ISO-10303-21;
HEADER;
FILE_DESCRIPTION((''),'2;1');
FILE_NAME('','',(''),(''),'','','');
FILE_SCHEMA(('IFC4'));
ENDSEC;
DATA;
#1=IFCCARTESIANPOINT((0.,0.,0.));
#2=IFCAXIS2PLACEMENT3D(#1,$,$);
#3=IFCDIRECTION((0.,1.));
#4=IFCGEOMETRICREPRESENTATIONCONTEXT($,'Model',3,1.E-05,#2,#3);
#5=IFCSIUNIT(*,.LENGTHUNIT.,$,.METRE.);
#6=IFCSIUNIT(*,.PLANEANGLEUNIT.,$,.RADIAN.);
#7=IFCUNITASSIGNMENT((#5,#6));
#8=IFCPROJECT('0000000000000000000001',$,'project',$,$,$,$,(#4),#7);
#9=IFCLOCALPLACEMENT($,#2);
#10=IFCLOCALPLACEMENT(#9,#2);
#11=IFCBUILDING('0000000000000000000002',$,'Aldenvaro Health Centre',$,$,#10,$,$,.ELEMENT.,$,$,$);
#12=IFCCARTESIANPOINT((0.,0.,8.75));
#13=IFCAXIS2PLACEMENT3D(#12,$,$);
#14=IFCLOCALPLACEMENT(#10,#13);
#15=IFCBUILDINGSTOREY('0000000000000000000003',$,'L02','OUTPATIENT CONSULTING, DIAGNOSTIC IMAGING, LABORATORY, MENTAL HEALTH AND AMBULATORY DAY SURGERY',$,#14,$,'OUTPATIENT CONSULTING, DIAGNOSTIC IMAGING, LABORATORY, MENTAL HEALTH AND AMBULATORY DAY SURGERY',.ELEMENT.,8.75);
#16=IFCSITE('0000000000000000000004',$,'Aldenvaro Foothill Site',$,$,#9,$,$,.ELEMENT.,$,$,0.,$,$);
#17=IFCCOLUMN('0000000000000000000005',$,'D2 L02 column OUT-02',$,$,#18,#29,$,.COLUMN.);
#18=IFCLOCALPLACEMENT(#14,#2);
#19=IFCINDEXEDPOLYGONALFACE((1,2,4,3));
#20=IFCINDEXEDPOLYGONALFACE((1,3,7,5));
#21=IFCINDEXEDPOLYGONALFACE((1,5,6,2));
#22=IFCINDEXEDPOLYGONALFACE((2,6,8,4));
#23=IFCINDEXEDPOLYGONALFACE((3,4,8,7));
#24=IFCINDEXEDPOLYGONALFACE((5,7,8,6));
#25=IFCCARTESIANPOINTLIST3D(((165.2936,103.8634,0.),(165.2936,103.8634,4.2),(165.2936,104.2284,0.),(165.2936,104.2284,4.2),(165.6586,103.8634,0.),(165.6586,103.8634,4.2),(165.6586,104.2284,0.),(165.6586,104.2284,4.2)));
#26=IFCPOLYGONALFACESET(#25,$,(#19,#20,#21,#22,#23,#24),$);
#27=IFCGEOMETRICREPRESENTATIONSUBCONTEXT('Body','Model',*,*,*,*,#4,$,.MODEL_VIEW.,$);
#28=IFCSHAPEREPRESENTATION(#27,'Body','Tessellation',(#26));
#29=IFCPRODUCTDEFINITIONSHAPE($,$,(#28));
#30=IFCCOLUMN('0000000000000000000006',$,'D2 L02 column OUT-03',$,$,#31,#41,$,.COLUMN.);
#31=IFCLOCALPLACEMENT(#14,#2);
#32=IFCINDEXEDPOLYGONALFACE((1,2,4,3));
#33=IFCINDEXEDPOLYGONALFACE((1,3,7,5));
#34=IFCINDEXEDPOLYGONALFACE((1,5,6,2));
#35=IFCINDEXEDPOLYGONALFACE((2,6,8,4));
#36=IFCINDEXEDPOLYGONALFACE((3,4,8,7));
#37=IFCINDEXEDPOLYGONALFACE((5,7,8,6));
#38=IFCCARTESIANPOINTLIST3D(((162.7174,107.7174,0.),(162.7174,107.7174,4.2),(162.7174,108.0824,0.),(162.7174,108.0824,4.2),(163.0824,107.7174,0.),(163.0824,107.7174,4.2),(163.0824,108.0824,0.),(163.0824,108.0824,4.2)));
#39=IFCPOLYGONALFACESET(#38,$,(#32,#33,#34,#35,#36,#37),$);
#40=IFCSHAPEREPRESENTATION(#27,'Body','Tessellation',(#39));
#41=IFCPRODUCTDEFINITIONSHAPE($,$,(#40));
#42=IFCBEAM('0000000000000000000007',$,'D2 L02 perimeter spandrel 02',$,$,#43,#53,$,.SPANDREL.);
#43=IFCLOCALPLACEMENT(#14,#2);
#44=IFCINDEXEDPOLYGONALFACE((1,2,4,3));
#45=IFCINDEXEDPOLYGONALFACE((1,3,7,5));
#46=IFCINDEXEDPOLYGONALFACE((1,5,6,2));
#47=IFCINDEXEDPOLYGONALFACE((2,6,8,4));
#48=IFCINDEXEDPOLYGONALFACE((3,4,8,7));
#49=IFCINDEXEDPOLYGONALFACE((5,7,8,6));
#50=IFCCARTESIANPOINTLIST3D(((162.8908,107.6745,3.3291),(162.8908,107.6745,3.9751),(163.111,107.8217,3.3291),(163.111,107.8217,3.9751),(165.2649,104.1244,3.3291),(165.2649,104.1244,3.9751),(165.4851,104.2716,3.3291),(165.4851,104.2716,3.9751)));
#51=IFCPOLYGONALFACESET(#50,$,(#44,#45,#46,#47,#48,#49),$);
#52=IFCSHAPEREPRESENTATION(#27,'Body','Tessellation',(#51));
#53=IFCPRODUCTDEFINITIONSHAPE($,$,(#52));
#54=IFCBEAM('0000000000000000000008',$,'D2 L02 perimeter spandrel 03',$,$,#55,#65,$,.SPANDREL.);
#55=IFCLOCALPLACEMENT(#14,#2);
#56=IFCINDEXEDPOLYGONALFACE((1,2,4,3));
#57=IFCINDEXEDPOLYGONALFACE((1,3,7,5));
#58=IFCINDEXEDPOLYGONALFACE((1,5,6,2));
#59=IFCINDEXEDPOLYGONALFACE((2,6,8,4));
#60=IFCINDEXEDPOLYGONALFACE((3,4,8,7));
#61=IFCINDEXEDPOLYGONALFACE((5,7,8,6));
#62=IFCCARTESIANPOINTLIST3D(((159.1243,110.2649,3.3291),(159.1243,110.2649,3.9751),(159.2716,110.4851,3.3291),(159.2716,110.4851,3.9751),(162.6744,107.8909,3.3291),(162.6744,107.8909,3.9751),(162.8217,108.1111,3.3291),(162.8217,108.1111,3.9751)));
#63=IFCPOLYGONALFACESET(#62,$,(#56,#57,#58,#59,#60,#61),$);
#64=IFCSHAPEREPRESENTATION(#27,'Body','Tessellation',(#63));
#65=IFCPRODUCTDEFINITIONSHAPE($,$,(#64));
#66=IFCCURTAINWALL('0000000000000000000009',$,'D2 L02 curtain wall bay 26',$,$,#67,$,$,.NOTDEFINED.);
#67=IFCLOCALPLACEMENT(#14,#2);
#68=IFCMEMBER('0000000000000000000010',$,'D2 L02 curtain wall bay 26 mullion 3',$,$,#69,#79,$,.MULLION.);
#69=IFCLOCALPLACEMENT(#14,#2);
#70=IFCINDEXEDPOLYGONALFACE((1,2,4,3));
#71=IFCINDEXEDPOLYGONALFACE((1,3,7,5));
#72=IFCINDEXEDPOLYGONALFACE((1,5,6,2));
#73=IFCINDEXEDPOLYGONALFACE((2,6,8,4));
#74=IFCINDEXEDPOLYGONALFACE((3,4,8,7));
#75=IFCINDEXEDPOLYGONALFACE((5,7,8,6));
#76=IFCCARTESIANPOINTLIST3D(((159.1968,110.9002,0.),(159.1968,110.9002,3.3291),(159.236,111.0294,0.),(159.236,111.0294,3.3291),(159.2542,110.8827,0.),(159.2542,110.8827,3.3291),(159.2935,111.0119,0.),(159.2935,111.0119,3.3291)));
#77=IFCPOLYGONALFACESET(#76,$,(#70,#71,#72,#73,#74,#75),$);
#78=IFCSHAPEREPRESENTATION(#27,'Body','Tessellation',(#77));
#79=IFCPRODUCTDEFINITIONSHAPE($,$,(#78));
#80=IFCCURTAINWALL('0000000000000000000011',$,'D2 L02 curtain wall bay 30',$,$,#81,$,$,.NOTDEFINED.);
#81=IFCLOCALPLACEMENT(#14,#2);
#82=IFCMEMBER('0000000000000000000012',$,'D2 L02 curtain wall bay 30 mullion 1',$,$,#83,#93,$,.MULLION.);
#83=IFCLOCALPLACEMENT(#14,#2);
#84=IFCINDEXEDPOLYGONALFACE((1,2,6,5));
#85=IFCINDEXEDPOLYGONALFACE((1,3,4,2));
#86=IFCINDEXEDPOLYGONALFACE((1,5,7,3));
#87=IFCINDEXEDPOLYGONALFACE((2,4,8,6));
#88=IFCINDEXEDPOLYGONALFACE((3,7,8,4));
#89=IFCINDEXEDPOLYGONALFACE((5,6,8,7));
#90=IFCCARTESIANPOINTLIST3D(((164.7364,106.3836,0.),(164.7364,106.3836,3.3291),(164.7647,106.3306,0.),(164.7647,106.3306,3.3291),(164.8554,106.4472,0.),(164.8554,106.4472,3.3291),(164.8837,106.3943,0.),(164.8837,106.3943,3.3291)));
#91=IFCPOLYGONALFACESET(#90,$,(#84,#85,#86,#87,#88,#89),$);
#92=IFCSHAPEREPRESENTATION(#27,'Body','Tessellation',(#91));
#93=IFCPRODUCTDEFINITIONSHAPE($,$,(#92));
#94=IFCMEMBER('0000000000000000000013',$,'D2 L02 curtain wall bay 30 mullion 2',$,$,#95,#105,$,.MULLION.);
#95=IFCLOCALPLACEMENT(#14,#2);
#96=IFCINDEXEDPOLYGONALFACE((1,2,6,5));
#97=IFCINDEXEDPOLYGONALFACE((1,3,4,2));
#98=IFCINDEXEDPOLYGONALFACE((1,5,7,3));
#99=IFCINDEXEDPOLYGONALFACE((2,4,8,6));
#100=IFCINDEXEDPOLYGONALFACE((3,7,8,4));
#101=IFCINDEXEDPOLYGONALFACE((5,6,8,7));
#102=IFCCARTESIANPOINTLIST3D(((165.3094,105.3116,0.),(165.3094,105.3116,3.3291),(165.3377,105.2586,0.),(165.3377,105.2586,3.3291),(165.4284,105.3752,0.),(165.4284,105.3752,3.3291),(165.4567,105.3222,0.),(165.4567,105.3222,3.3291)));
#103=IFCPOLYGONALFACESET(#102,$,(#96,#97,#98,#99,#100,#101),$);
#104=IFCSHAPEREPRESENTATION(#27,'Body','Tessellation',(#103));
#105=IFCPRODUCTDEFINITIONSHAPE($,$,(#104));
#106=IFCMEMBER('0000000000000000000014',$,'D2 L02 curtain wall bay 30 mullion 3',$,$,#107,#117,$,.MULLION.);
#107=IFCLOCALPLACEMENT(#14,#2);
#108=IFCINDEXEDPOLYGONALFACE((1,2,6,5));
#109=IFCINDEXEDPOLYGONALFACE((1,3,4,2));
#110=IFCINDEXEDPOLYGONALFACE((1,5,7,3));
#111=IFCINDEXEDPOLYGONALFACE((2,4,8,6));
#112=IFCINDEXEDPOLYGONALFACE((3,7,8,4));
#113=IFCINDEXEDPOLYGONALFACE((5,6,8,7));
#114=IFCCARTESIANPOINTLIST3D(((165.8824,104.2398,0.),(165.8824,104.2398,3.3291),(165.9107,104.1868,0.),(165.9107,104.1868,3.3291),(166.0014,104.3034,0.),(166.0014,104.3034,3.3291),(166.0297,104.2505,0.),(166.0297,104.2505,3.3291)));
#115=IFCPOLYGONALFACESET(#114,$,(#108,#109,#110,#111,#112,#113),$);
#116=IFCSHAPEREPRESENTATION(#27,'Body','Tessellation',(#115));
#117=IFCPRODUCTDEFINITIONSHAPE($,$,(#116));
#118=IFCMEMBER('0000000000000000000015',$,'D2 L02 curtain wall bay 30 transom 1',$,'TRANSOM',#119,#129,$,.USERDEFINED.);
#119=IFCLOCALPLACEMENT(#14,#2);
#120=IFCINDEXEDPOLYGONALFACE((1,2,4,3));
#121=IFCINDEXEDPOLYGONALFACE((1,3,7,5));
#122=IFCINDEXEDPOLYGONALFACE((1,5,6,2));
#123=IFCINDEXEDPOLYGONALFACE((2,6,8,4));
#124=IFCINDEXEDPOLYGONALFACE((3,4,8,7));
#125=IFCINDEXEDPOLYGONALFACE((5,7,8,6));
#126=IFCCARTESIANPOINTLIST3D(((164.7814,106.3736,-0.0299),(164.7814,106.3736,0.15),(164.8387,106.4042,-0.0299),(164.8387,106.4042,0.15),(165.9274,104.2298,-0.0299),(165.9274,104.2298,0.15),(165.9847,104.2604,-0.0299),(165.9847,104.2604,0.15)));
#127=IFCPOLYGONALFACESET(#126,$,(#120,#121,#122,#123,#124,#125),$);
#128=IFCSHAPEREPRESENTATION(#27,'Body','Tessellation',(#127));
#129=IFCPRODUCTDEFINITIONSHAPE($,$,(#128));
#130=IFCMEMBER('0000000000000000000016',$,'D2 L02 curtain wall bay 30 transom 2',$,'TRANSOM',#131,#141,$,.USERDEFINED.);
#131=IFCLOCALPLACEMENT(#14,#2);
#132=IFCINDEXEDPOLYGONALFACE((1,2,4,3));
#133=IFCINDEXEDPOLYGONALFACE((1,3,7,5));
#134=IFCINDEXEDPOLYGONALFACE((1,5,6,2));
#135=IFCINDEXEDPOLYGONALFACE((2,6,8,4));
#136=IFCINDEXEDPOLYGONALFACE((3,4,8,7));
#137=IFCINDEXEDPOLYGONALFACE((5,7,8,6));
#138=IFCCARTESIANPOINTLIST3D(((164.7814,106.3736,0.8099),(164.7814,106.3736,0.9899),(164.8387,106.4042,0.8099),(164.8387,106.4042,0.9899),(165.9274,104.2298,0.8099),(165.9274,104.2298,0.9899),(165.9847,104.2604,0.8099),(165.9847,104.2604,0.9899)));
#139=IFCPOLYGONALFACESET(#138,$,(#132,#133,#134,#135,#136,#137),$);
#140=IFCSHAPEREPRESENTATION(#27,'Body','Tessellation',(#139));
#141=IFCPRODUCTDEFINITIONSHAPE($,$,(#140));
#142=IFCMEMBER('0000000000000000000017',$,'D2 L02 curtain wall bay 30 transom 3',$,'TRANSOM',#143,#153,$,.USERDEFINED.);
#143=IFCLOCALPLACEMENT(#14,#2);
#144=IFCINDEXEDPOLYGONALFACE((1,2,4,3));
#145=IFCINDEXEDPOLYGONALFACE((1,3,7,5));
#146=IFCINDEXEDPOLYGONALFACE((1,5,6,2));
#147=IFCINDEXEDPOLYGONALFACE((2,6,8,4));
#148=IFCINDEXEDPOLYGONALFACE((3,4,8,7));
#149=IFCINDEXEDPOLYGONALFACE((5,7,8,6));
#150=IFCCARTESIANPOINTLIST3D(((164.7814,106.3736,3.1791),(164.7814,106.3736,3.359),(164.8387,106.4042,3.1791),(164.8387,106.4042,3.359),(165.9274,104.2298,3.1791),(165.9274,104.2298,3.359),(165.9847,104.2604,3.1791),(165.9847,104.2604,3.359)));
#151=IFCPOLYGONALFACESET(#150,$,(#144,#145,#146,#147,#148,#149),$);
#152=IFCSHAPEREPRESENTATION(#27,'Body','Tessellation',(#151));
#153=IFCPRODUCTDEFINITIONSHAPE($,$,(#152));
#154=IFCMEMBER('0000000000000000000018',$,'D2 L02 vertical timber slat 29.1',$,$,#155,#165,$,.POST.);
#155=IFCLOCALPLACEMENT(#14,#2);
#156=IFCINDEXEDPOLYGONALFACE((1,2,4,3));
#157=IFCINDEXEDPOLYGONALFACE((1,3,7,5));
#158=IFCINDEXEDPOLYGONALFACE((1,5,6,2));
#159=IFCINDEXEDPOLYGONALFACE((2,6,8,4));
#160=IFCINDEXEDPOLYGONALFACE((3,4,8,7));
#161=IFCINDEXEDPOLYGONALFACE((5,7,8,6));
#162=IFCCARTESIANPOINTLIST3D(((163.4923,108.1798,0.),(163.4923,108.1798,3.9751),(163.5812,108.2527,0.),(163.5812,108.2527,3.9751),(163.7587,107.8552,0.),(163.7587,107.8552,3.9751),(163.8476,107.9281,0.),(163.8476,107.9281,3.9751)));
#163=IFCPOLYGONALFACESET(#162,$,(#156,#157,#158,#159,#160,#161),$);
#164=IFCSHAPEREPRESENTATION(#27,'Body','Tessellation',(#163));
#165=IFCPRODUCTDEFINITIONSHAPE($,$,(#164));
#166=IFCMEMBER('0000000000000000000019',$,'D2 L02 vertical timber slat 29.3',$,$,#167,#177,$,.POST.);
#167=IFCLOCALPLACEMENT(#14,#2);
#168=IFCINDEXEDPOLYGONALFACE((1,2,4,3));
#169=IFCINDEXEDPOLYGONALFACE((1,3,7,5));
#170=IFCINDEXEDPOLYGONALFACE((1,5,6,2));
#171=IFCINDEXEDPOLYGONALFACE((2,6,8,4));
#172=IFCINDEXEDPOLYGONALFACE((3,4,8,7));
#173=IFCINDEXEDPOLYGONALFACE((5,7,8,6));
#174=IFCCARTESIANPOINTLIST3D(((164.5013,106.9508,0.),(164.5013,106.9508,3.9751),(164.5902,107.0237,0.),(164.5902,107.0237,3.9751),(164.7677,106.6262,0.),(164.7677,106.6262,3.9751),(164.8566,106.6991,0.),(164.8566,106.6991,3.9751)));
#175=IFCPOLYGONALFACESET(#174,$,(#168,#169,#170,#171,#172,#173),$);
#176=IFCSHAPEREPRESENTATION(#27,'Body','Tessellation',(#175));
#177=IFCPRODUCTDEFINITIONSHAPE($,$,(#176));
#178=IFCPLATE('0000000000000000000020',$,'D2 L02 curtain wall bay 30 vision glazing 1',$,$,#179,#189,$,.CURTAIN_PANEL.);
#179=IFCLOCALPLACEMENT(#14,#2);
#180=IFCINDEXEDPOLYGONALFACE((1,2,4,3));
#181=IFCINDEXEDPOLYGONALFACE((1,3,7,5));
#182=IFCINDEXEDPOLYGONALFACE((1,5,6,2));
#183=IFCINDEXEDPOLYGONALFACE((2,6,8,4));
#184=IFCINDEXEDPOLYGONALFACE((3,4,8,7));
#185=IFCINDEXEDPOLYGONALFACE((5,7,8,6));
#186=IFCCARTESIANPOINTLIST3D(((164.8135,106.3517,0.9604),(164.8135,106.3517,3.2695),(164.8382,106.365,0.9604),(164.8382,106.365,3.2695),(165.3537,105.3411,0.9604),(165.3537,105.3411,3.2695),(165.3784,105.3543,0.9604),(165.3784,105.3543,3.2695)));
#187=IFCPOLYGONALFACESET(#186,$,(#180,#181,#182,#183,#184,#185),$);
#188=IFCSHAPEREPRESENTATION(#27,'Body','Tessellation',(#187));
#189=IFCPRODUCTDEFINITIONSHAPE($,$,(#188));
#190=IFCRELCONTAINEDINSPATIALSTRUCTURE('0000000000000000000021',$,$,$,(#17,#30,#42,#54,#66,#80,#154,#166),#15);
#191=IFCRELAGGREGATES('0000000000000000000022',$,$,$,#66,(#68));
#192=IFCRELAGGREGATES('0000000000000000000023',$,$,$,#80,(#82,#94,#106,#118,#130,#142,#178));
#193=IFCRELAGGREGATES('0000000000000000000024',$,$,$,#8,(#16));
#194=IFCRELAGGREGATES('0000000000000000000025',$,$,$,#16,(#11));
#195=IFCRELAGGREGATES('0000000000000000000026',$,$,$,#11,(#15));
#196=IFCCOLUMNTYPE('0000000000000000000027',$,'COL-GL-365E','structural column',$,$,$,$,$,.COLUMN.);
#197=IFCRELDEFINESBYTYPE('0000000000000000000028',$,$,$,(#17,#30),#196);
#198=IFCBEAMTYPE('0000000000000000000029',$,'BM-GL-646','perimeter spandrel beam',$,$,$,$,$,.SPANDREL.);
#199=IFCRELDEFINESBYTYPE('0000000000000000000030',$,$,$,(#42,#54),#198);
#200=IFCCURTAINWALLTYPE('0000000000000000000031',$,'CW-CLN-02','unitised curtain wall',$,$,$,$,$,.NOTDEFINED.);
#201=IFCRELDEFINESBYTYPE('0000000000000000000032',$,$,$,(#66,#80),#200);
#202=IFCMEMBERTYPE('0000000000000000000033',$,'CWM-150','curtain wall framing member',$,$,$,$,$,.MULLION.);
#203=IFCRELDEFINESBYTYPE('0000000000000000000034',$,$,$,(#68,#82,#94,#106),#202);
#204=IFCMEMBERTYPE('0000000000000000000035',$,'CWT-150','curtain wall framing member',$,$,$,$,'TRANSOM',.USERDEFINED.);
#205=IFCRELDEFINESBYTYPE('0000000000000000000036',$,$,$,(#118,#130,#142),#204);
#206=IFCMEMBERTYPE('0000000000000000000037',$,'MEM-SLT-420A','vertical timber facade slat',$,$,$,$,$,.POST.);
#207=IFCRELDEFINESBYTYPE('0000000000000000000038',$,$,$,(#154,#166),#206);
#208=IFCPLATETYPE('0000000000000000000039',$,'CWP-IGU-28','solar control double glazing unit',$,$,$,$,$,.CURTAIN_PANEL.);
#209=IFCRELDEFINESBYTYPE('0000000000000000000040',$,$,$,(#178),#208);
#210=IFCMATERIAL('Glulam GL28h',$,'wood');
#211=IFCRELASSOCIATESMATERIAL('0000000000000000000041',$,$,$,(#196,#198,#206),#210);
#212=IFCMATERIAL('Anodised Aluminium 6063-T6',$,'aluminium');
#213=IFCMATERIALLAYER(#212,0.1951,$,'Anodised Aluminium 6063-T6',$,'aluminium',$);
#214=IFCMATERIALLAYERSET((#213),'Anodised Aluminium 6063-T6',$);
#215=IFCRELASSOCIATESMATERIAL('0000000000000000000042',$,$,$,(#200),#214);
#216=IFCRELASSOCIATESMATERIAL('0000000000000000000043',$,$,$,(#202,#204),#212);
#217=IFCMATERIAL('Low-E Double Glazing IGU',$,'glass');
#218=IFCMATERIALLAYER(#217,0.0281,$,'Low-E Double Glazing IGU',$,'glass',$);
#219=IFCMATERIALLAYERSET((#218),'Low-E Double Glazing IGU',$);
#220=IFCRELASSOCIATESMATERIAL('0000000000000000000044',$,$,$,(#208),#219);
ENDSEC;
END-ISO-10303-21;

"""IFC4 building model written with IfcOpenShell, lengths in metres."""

from ifc_helpers import new_model, si_unit, direction, frame, origin, origin_2d, place, context, subcontext, project, spatial, rectangle, extrude, material, layer, layer_set, material_profile, profile_set, type_object, element, aggregate, save


model = new_model("IFC4")

# Units and contexts
model_context = context("Model", 3, precision=1e-05, world=origin(), true_north=direction((0.0, 1.0)))
body_context = subcontext(model_context, "Body", "Model", "MODEL_VIEW")
ifc_project = project(units=[si_unit("LENGTHUNIT", "METRE"), si_unit("PLANEANGLEUNIT", "RADIAN")], contexts=[model_context])

# Site, building, storey
site_placement = place(None, origin())
site = spatial("IfcSite", under=ifc_project, at=site_placement, Name="Aldenvaro Foothill Site", CompositionType="ELEMENT", RefElevation=0.0)
building_placement = place(site_placement, origin())
building = spatial("IfcBuilding", under=site, at=building_placement, Name="Aldenvaro Health Centre", CompositionType="ELEMENT")
storey_placement = place(building_placement, frame((0.0, 0.0, 8.75)))
storey = spatial("IfcBuildingStorey", under=building, at=storey_placement, Name="L02", Description="OUTPATIENT CONSULTING, DIAGNOSTIC IMAGING, LABORATORY, MENTAL HEALTH AND AMBULATORY DAY SURGERY", LongName="OUTPATIENT CONSULTING, DIAGNOSTIC IMAGING, LABORATORY, MENTAL HEALTH AND AMBULATORY DAY SURGERY", CompositionType="ELEMENT", Elevation=8.75)

# Columns
ifc_material_1 = material(Name="Glulam GL28h", Category="wood")
ifc_material_profile_1 = material_profile(ifc_material_1, rectangle(XDim=0.365, YDim=0.365, at=origin_2d()), Name="GL 365x365", Category="wood")
ifc_profile_set_1 = profile_set([ifc_material_profile_1], Name="Glulam GL28h")
column_type = type_object("IfcColumnType", Name="COL-GL-365E", Description="structural column", PredefinedType="COLUMN", material=ifc_profile_set_1)
for number, where, z_axis, x_axis, name in (
    (1, (165.4761, 104.0459, 0.0), (0.0, 0.0, 1.0), (1.0, 0.0, 0.0), "D2 L02 column OUT-02"),
    (2, (162.8999, 107.8999, 0.0), (0.0, 0.0, 1.0), (1.0, 0.0, 0.0), "D2 L02 column OUT-03"),
):
    element("IfcColumn", number, at=place(storey_placement, frame(where, z_axis=z_axis, x_axis=x_axis)), inside=storey, type_object=column_type, Name=name, PredefinedType="COLUMN", context=body_context, shape_type="SweptSolid", body=[
        extrude(rectangle(XDim=0.365, YDim=0.365, at=origin_2d()), origin(), (0.0, 0.0, 1.0), 4.2),
    ])

# Beams
ifc_material_profile_2 = material_profile(ifc_material_1, rectangle(XDim=0.2649, YDim=0.646, at=origin_2d()), Name="GL 265x646", Category="wood")
ifc_profile_set_2 = profile_set([ifc_material_profile_2], Name="Glulam GL28h")
beam_type = type_object("IfcBeamType", Name="BM-GL-646", Description="perimeter spandrel beam", PredefinedType="SPANDREL", material=ifc_profile_set_2)
for number, where, z_axis, x_axis, name in (
    (3, (165.375, 104.198, 3.6521), (-0.555887, 0.831258, 0.0), (-0.831258, -0.555887, 0.0), "D2 L02 perimeter spandrel 02"),
    (4, (162.748, 108.001, 3.6521), (-0.831258, 0.555887, 0.0), (-0.555887, -0.831258, 0.0), "D2 L02 perimeter spandrel 03"),
):
    element("IfcBeam", number, at=place(storey_placement, frame(where, z_axis=z_axis, x_axis=x_axis)), inside=storey, type_object=beam_type, Name=name, PredefinedType="SPANDREL", context=body_context, shape_type="SweptSolid", body=[
        extrude(rectangle(XDim=0.2649, YDim=0.646, at=origin_2d()), origin(), (0.0, 0.0, 1.0), 4.2708),
    ])

# Curtain wall, member
ifc_material_2 = material(Name="Anodised Aluminium 6063-T6", Category="aluminium")
ifc_layer_1 = layer(ifc_material_2, 0.1951, Name="Anodised Aluminium 6063-T6", Category="aluminium")
ifc_layer_set_1 = layer_set([ifc_layer_1], Name="Anodised Aluminium 6063-T6")
curtain_wall_type = type_object("IfcCurtainWallType", Name="CW-CLN-02", Description="unitised curtain wall", PredefinedType="NOTDEFINED", material=ifc_layer_set_1)
curtain_wall_1_placement = place(storey_placement, origin())
curtain_wall_1 = element("IfcCurtainWall", 5, at=curtain_wall_1_placement, inside=storey, type_object=curtain_wall_type, Name="D2 L02 curtain wall bay 26", PredefinedType="NOTDEFINED")
ifc_material_profile_3 = material_profile(ifc_material_2, rectangle(XDim=0.0601, YDim=0.135, at=origin_2d()), Name="ALU 60x135", Category="aluminium")
ifc_profile_set_3 = profile_set([ifc_material_profile_3], Name="Anodised Aluminium 6063-T6")
member_type_1 = type_object("IfcMemberType", Name="CWM-150", Description="curtain wall framing member", PredefinedType="MULLION", material=ifc_profile_set_3)
member_1_placement = place(storey_placement, frame((159.2451, 110.9561, 0.0), z_axis=(0.0, 0.0, 1.0), x_axis=(0.956893, -0.290441, 0.0)))
member_1 = element("IfcMember", 6, at=member_1_placement, type_object=member_type_1, Name="D2 L02 curtain wall bay 26 mullion 3", PredefinedType="MULLION", context=body_context, shape_type="SweptSolid", body=[
    extrude(rectangle(XDim=0.0601, YDim=0.135, at=origin_2d()), origin(), (0.0, 0.0, 1.0), 3.3291),
])
aggregate(curtain_wall_1, [member_1])

# Curtain wall, members
curtain_wall_2_placement = place(storey_placement, origin())
curtain_wall_2 = element("IfcCurtainWall", 7, at=curtain_wall_2_placement, inside=storey, type_object=curtain_wall_type, Name="D2 L02 curtain wall bay 30", PredefinedType="NOTDEFINED")
member_2_placement = place(storey_placement, frame((164.8101, 106.3889, 0.0), z_axis=(0.0, 0.0, 1.0), x_axis=(0.471399, -0.88192, 0.0)))
member_2 = element("IfcMember", 8, at=member_2_placement, type_object=member_type_1, Name="D2 L02 curtain wall bay 30 mullion 1", PredefinedType="MULLION", context=body_context, shape_type="SweptSolid", body=[
    extrude(rectangle(XDim=0.0601, YDim=0.135, at=origin_2d()), origin(), (0.0, 0.0, 1.0), 3.3291),
])
member_3_placement = place(storey_placement, frame((165.3831, 105.3169, 0.0), z_axis=(0.0, 0.0, 1.0), x_axis=(0.471399, -0.88192, 0.0)))
member_3 = element("IfcMember", 9, at=member_3_placement, type_object=member_type_1, Name="D2 L02 curtain wall bay 30 mullion 2", PredefinedType="MULLION", context=body_context, shape_type="SweptSolid", body=[
    extrude(rectangle(XDim=0.0601, YDim=0.135, at=origin_2d()), origin(), (0.0, 0.0, 1.0), 3.3291),
])
member_4_placement = place(storey_placement, frame((165.9561, 104.2451, 0.0), z_axis=(0.0, 0.0, 1.0), x_axis=(0.471399, -0.88192, 0.0)))
member_4 = element("IfcMember", 10, at=member_4_placement, type_object=member_type_1, Name="D2 L02 curtain wall bay 30 mullion 3", PredefinedType="MULLION", context=body_context, shape_type="SweptSolid", body=[
    extrude(rectangle(XDim=0.0601, YDim=0.135, at=origin_2d()), origin(), (0.0, 0.0, 1.0), 3.3291),
])
ifc_material_profile_4 = material_profile(ifc_material_2, rectangle(XDim=0.0649, YDim=0.1799, at=origin_2d()), Name="ALU 65x180", Category="aluminium")
ifc_profile_set_4 = profile_set([ifc_material_profile_4], Name="Anodised Aluminium 6063-T6")
member_type_2 = type_object("IfcMemberType", Name="CWT-150", Description="curtain wall framing member", ElementType="TRANSOM", PredefinedType="USERDEFINED", material=ifc_profile_set_4)
member_5_placement = place(storey_placement, frame((164.8101, 106.3889, 0.0601), z_axis=(0.471432, -0.881902, 0.0), x_axis=(0.881902, 0.471432, 0.0)))
member_5 = element("IfcMember", 11, at=member_5_placement, type_object=member_type_2, Name="D2 L02 curtain wall bay 30 transom 1", ObjectType="TRANSOM", PredefinedType="USERDEFINED", context=body_context, shape_type="SweptSolid", body=[
    extrude(rectangle(XDim=0.0649, YDim=0.1799, at=origin_2d()), origin(), (0.0, 0.0, 1.0), 2.4309),
])
member_6_placement = place(storey_placement, frame((164.8101, 106.3889, 0.8999), z_axis=(0.471432, -0.881902, 0.0), x_axis=(0.881902, 0.471432, 0.0)))
member_6 = element("IfcMember", 12, at=member_6_placement, type_object=member_type_2, Name="D2 L02 curtain wall bay 30 transom 2", ObjectType="TRANSOM", PredefinedType="USERDEFINED", context=body_context, shape_type="SweptSolid", body=[
    extrude(rectangle(XDim=0.0649, YDim=0.1799, at=origin_2d()), origin(), (0.0, 0.0, 1.0), 2.4309),
])
member_7_placement = place(storey_placement, frame((164.8101, 106.3889, 3.269), z_axis=(0.471432, -0.881902, 0.0), x_axis=(0.881902, 0.471432, 0.0)))
member_7 = element("IfcMember", 13, at=member_7_placement, type_object=member_type_2, Name="D2 L02 curtain wall bay 30 transom 3", ObjectType="TRANSOM", PredefinedType="USERDEFINED", context=body_context, shape_type="SweptSolid", body=[
    extrude(rectangle(XDim=0.0649, YDim=0.1799, at=origin_2d()), origin(), (0.0, 0.0, 1.0), 2.4309),
])

# Members
ifc_material_profile_5 = material_profile(ifc_material_1, rectangle(XDim=0.115, YDim=0.4199, at=origin_2d()), Name="GL 115x420", Category="wood")
ifc_profile_set_5 = profile_set([ifc_material_profile_5], Name="Glulam GL28h")
member_type_3 = type_object("IfcMemberType", Name="MEM-SLT-420A", Description="vertical timber facade slat", PredefinedType="POST", material=ifc_profile_set_5)
for number, where, z_axis, x_axis, name in (
    (14, (163.6699, 108.054, 0.0), (0.0, 0.0, 1.0), (0.773022, 0.63438, 0.0), "D2 L02 vertical timber slat 29.1"),
    (15, (164.679, 106.825, 0.0), (0.0, 0.0, 1.0), (0.773022, 0.63438, 0.0), "D2 L02 vertical timber slat 29.3"),
):
    element("IfcMember", number, at=place(storey_placement, frame(where, z_axis=z_axis, x_axis=x_axis)), inside=storey, type_object=member_type_3, Name=name, PredefinedType="POST", context=body_context, shape_type="SweptSolid", body=[
        extrude(rectangle(XDim=0.115, YDim=0.4199, at=origin_2d()), origin(), (0.0, 0.0, 1.0), 3.9751),
    ])

# Plate
ifc_material_3 = material(Name="Low-E Double Glazing IGU", Category="glass")
ifc_layer_2 = layer(ifc_material_3, 0.0281, Name="Low-E Double Glazing IGU", Category="glass")
ifc_layer_set_2 = layer_set([ifc_layer_2], Name="Low-E Double Glazing IGU")
plate_type_1 = type_object("IfcPlateType", Name="CWP-IGU-28", Description="solar control double glazing unit", PredefinedType="CURTAIN_PANEL", material=ifc_layer_set_2)
plate_1_placement = place(storey_placement, frame((165.0959, 105.853, 0.9604), z_axis=(0.0, 0.0, 1.0), x_axis=(0.471399, -0.88192, 0.0)))
plate_1 = element("IfcPlate", 16, at=plate_1_placement, type_object=plate_type_1, Name="D2 L02 curtain wall bay 30 vision glazing 1", PredefinedType="CURTAIN_PANEL", context=body_context, shape_type="SweptSolid", body=[
    extrude(rectangle(XDim=1.146, YDim=0.0281, at=origin_2d()), origin(), (0.0, 0.0, 1.0), 2.3091),
])
aggregate(curtain_wall_2, [member_2, member_3, member_4, member_5, member_6, member_7, plate_1])

save(model, "model.ifc")
